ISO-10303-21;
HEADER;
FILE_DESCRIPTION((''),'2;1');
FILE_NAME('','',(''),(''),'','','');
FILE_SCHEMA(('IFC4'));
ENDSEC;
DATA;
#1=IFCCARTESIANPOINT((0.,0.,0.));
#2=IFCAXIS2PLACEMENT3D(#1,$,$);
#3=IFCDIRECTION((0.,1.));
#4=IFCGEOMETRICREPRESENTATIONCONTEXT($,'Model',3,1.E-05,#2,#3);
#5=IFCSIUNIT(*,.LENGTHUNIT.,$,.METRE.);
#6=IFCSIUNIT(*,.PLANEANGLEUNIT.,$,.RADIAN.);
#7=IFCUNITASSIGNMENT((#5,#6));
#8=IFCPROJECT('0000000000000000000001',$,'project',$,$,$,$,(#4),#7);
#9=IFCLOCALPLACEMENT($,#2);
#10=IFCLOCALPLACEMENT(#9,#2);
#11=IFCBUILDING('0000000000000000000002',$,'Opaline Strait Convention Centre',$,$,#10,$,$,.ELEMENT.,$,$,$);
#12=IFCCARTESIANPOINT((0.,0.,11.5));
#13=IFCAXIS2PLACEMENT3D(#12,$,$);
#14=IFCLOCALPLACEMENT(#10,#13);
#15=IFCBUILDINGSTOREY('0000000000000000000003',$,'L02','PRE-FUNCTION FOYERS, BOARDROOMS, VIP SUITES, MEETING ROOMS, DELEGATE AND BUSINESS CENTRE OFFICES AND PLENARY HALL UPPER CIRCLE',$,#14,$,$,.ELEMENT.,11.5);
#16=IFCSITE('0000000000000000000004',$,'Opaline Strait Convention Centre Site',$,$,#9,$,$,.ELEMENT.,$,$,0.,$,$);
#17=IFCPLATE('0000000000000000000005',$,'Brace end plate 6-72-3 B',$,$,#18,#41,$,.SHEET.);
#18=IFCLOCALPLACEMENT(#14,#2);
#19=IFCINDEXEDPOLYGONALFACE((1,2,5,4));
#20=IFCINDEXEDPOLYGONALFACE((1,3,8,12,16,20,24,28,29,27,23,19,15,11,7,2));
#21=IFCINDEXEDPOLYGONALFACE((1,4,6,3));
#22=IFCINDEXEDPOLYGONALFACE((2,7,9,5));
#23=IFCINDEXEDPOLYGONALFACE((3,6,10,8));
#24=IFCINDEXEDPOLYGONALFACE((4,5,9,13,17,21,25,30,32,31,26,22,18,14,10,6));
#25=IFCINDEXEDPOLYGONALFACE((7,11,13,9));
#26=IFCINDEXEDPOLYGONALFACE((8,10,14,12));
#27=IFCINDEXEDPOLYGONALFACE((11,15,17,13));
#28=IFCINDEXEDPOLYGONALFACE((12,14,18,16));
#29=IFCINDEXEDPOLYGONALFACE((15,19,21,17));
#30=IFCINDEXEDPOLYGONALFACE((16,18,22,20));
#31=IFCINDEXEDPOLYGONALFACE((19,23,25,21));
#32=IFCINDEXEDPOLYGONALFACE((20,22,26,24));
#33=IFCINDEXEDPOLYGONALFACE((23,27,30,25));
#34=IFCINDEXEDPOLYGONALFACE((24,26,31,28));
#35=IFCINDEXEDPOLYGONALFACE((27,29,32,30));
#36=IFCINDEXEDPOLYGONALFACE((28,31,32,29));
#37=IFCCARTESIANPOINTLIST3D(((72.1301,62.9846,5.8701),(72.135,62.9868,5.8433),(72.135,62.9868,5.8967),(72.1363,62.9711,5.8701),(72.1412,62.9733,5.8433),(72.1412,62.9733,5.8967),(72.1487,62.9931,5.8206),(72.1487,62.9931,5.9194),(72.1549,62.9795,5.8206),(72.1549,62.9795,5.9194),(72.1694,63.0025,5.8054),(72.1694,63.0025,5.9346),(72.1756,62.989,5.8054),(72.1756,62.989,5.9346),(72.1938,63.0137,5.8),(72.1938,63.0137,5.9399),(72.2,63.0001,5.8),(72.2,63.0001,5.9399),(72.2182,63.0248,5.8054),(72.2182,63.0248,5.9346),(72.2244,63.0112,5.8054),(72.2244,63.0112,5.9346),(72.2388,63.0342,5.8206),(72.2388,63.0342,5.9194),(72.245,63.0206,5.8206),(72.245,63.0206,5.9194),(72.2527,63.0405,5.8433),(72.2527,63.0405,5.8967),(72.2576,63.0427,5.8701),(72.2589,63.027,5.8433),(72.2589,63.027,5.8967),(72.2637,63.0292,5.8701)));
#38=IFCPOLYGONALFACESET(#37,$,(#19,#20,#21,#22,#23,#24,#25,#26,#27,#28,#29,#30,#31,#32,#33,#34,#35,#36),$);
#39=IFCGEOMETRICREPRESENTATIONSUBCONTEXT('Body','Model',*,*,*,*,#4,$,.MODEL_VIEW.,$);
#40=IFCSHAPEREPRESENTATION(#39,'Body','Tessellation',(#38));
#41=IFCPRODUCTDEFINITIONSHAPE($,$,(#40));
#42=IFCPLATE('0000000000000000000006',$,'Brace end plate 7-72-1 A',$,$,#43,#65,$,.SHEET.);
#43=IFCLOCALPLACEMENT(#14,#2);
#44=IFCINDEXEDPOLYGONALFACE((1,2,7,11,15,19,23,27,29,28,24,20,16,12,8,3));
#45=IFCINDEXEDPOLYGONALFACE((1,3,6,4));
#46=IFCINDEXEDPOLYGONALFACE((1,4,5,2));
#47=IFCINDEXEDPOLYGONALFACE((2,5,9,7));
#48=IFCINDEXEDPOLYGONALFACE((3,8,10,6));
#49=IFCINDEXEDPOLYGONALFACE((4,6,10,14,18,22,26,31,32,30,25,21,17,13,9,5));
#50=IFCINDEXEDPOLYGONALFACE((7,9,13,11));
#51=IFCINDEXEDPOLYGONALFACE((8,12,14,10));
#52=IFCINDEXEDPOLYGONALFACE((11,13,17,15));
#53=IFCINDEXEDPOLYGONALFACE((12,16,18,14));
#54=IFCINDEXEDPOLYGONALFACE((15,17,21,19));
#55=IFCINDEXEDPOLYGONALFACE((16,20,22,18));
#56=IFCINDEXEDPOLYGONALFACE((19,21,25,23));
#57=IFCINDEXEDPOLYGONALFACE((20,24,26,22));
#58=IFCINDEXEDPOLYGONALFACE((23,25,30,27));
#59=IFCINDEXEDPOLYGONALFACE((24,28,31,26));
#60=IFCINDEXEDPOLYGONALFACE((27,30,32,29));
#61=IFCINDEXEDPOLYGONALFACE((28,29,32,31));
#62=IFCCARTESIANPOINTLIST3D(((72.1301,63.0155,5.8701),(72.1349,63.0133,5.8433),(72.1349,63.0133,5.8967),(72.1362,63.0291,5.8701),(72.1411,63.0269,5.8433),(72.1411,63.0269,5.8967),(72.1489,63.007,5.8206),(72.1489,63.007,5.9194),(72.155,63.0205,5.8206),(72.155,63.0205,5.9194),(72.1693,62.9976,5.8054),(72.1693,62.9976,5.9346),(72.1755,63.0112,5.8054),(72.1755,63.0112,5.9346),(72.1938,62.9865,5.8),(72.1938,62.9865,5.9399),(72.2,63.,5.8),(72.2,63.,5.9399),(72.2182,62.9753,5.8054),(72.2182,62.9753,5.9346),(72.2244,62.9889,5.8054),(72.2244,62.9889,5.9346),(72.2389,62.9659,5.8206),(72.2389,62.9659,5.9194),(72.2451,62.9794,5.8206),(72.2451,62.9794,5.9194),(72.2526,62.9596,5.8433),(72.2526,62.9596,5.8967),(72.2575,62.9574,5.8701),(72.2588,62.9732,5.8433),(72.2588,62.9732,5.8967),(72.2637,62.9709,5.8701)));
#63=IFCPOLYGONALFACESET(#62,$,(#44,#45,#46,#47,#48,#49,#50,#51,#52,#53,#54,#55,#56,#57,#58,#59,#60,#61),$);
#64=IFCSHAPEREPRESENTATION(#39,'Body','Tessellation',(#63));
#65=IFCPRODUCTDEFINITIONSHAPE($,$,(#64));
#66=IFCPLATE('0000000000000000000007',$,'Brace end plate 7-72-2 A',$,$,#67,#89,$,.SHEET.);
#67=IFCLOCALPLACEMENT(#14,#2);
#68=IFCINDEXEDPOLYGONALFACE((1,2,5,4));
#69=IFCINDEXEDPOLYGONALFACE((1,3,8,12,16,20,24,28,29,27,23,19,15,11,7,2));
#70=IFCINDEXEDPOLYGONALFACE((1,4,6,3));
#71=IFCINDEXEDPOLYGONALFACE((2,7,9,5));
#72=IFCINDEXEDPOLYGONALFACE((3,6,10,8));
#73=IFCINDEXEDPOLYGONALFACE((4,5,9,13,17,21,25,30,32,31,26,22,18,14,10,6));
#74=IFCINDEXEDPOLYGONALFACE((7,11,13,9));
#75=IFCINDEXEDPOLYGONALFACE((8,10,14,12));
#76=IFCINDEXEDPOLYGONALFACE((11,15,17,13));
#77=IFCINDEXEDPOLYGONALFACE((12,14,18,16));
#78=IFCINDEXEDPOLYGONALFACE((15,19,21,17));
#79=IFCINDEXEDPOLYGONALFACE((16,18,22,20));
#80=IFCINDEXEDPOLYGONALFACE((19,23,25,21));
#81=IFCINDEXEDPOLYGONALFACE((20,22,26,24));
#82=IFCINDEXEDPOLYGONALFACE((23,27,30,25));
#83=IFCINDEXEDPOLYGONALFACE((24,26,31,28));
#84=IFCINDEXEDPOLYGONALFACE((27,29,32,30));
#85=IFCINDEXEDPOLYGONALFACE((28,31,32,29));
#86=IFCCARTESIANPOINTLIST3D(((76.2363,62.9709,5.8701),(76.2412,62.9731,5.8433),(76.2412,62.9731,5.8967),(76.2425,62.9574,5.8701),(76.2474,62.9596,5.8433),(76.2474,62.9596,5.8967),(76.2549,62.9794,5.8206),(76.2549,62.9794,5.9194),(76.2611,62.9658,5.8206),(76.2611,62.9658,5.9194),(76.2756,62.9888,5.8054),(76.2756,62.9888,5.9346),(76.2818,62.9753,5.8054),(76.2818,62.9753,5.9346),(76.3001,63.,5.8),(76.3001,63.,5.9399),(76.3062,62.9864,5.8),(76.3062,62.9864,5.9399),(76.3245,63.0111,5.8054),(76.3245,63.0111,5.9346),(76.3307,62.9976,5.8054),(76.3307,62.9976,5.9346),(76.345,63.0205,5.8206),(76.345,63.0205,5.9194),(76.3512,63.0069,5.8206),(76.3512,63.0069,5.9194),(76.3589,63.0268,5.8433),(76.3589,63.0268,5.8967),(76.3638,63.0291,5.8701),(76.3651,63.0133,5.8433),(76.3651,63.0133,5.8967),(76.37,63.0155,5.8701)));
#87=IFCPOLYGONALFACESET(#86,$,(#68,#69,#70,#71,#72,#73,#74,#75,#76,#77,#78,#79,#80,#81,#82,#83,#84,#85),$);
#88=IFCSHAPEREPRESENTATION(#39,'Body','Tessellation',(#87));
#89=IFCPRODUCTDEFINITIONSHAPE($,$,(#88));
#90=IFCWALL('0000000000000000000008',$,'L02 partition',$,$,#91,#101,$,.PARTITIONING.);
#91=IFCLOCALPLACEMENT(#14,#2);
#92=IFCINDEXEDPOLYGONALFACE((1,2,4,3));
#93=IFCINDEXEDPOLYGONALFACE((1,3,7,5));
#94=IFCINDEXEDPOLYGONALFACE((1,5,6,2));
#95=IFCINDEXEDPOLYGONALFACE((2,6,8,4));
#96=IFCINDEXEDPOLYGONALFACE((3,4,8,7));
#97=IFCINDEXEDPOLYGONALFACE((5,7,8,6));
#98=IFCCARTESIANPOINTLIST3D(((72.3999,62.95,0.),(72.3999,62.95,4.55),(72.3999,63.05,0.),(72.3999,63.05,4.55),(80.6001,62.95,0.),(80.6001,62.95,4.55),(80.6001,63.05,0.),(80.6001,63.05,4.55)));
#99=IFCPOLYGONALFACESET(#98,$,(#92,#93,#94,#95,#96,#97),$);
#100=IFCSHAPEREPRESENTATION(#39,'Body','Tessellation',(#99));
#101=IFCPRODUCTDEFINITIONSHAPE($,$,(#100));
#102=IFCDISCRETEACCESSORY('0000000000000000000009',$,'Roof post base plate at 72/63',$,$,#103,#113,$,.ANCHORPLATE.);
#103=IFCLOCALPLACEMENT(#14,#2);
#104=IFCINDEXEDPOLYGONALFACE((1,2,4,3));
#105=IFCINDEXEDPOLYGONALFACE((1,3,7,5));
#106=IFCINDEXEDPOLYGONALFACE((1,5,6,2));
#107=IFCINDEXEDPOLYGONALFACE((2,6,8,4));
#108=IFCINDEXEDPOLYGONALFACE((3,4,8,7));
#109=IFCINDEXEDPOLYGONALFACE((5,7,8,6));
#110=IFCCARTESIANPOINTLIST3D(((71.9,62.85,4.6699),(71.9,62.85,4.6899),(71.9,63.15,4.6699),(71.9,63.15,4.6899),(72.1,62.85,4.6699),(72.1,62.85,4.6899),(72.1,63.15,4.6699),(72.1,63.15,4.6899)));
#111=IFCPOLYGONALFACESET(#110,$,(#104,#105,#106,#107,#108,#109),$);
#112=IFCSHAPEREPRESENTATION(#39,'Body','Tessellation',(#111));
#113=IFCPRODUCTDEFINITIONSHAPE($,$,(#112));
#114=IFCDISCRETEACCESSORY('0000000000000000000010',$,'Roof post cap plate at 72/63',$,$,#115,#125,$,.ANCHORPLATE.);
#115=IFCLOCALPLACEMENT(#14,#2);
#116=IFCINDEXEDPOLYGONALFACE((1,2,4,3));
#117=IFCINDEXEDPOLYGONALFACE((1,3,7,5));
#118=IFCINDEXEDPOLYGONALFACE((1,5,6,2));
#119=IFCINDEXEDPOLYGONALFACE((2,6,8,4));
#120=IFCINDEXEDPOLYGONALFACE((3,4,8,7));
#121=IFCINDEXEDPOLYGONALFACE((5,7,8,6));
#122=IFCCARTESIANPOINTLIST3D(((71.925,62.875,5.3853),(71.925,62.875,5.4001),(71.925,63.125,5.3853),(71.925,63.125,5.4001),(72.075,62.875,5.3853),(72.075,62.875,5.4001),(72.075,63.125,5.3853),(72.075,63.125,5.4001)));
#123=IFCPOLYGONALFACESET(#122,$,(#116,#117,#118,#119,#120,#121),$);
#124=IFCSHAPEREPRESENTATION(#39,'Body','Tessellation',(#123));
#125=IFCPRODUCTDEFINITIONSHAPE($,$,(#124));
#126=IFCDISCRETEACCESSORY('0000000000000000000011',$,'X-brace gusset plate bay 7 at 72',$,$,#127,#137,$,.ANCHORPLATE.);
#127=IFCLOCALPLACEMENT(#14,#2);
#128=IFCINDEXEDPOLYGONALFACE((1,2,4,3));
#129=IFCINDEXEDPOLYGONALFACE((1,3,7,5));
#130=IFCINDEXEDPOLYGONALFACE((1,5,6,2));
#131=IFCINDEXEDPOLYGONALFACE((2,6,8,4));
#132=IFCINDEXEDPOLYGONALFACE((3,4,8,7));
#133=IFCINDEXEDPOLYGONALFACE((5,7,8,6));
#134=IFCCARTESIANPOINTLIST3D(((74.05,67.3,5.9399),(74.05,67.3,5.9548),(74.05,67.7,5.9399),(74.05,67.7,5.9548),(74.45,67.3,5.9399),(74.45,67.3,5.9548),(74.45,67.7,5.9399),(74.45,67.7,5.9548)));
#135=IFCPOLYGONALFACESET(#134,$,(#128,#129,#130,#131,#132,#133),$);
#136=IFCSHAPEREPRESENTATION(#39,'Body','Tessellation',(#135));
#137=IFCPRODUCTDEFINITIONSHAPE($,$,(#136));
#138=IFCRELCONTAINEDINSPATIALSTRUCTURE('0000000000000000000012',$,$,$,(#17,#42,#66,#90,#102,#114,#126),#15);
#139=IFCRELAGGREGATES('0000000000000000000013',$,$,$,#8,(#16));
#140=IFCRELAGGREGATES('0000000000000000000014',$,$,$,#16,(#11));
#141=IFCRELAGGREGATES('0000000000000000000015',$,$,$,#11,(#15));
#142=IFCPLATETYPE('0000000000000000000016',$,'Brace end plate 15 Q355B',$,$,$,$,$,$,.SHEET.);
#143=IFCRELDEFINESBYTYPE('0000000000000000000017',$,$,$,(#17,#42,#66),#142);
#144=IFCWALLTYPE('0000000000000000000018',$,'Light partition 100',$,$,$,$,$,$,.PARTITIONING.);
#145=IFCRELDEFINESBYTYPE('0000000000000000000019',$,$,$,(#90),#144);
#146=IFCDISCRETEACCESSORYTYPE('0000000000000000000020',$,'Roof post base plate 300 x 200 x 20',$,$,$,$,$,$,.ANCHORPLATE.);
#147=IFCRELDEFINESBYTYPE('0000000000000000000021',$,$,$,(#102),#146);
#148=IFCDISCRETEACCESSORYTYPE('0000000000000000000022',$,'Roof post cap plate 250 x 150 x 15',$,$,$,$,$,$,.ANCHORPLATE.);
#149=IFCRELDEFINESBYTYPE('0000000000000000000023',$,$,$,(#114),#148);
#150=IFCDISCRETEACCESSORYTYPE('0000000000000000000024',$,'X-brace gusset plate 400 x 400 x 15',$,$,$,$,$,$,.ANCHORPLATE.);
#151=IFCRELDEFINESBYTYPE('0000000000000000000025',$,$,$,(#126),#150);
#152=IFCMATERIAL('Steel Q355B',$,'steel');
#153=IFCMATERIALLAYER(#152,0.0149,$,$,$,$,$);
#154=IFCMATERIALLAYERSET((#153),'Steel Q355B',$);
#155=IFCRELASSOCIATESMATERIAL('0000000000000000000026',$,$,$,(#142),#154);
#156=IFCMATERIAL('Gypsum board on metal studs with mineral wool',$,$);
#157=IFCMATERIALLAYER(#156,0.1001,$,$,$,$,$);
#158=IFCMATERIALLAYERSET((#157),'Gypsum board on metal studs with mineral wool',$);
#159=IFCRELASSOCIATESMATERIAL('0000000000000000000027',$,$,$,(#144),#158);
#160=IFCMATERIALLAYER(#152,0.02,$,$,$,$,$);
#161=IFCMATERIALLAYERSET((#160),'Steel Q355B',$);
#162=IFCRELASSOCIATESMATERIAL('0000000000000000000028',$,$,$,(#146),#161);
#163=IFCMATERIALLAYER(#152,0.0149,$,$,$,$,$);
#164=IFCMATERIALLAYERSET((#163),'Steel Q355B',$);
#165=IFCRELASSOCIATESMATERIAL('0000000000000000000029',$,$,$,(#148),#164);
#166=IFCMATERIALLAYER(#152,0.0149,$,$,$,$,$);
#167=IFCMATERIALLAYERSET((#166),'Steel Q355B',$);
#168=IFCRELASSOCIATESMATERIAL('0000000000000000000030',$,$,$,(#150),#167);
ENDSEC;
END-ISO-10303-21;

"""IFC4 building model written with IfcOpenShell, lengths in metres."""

from ifc_helpers import new_model, si_unit, direction, frame, frame_2d, origin, origin_2d, place, context, subcontext, project, spatial, polyline, rectangle, outline, extrude, material, layer, layer_set, type_object, element, save


model = new_model("IFC4")

# Units and contexts
model_context = context("Model", 3, precision=1e-05, world=origin(), true_north=direction((0.0, 1.0)))
body_context = subcontext(model_context, "Body", "Model", "MODEL_VIEW")
ifc_project = project(units=[si_unit("LENGTHUNIT", "METRE"), si_unit("PLANEANGLEUNIT", "RADIAN")], contexts=[model_context])

# Site, building, storey
site_placement = place(None, origin())
site = spatial("IfcSite", under=ifc_project, at=site_placement, Name="Opaline Strait Convention Centre Site", CompositionType="ELEMENT", RefElevation=0.0)
building_placement = place(site_placement, origin())
building = spatial("IfcBuilding", under=site, at=building_placement, Name="Opaline Strait Convention Centre", CompositionType="ELEMENT")
storey_placement = place(building_placement, frame((0.0, 0.0, 11.5)))
storey = spatial("IfcBuildingStorey", under=building, at=storey_placement, Name="L02", Description="PRE-FUNCTION FOYERS, BOARDROOMS, VIP SUITES, MEETING ROOMS, DELEGATE AND BUSINESS CENTRE OFFICES AND PLENARY HALL UPPER CIRCLE", CompositionType="ELEMENT", Elevation=11.5)

# Shared definitions
ifc_material_1 = material(Name="Steel Q355B", Category="steel")

# Plates
ifc_layer_1 = layer(ifc_material_1, 0.0149)
ifc_layer_set_1 = layer_set([ifc_layer_1], Name="Steel Q355B")
plate_type = type_object("IfcPlateType", Name="Brace end plate 15 Q355B", PredefinedType="SHEET", material=ifc_layer_set_1)
plate_1_placement = place(storey_placement, frame((72.2576, 63.0427, 5.8701), z_axis=(-0.414837, 0.909896, 0.0), x_axis=(-0.177911, -0.081112, -0.980698)))
element("IfcPlate", 1, at=plate_1_placement, inside=storey, type_object=plate_type, Name="Brace end plate 6-72-3 B", PredefinedType="SHEET", context=body_context, shape_type="SweptSolid", body=[
    extrude(outline(polyline([(0.0, 0.0), (0.0274, 0.0), (0.0526, 0.0106), (0.0719, 0.0298), (0.0824, 0.055), (0.0824, 0.0824), (0.072, 0.1076), (0.0527, 0.1269), (0.0274, 0.1374), (0.0002, 0.1373), (-0.025, 0.127), (-0.0443, 0.1076), (-0.0548, 0.0823), (-0.0548, 0.055), (-0.0443, 0.0299), (-0.0251, 0.0105), (0.0, 0.0)])), origin(), (0.0, 0.0, -1.0), 0.0149),
])
plate_2_placement = place(storey_placement, frame((72.2637, 62.9709, 5.8701), z_axis=(0.415113, 0.90977, 0.0), x_axis=(-0.177886, 0.081166, -0.980698)))
element("IfcPlate", 2, at=plate_2_placement, inside=storey, type_object=plate_type, Name="Brace end plate 7-72-1 A", PredefinedType="SHEET", context=body_context, shape_type="SweptSolid", body=[
    extrude(outline(polyline([(0.0, 0.0), (0.0274, 0.0), (0.0526, 0.0103), (0.0719, 0.0297), (0.0824, 0.055), (0.0824, 0.0824), (0.072, 0.1074), (0.0527, 0.1269), (0.0274, 0.1374), (0.0002, 0.1373), (-0.025, 0.1268), (-0.0443, 0.1076), (-0.0548, 0.0823), (-0.0548, 0.0549), (-0.0444, 0.0297), (-0.0251, 0.0105), (0.0, 0.0)])), origin(), (0.0, 0.0, -1.0), 0.0149),
])
plate_3_placement = place(storey_placement, frame((76.3638, 63.0291, 5.8701), z_axis=(-0.415113, 0.90977, 0.0), x_axis=(-0.177886, -0.081166, -0.980698)))
element("IfcPlate", 3, at=plate_3_placement, inside=storey, type_object=plate_type, Name="Brace end plate 7-72-2 A", PredefinedType="SHEET", context=body_context, shape_type="SweptSolid", body=[
    extrude(outline(polyline([(0.0, 0.0), (0.0274, 0.0), (0.0526, 0.0106), (0.0719, 0.0297), (0.0824, 0.055), (0.0824, 0.0824), (0.072, 0.1076), (0.0527, 0.1269), (0.0274, 0.1374), (0.0002, 0.1373), (-0.025, 0.127), (-0.0443, 0.1076), (-0.0548, 0.0823), (-0.0548, 0.0549), (-0.0443, 0.0299), (-0.0251, 0.0105), (0.0, 0.0)])), origin(), (0.0, 0.0, -1.0), 0.0149),
])

# Wall
ifc_material_2 = material(Name="Gypsum board on metal studs with mineral wool")
ifc_layer_2 = layer(ifc_material_2, 0.1001)
ifc_layer_set_2 = layer_set([ifc_layer_2], Name="Gypsum board on metal studs with mineral wool")
wall_type = type_object("IfcWallType", Name="Light partition 100", PredefinedType="PARTITIONING", material=ifc_layer_set_2)
wall_placement = place(storey_placement, frame((72.3999, 63.0, 0.0), z_axis=(0.0, 0.0, 1.0), x_axis=(1.0, 0.0, 0.0)))
element("IfcWall", 4, at=wall_placement, inside=storey, type_object=wall_type, Name="L02 partition", PredefinedType="PARTITIONING", context=body_context, shape_type="SweptSolid", body=[
    extrude(rectangle(XDim=8.2002, YDim=0.1001, at=frame_2d((4.1001, 0.0))), origin(), (0.0, 0.0, 1.0), 4.55),
])

# Discrete accessories
ifc_layer_3 = layer(ifc_material_1, 0.02)
ifc_layer_set_3 = layer_set([ifc_layer_3], Name="Steel Q355B")
discrete_accessory_type_1 = type_object("IfcDiscreteAccessoryType", Name="Roof post base plate 300 x 200 x 20", PredefinedType="ANCHORPLATE", material=ifc_layer_set_3)
discrete_accessory_1_placement = place(storey_placement, frame((72.0, 63.0, 4.6699), z_axis=(0.0, 0.0, 1.0), x_axis=(1.0, 0.0, 0.0)))
element("IfcDiscreteAccessory", 5, at=discrete_accessory_1_placement, inside=storey, type_object=discrete_accessory_type_1, Name="Roof post base plate at 72/63", PredefinedType="ANCHORPLATE", context=body_context, shape_type="SweptSolid", body=[
    extrude(rectangle(XDim=0.2, YDim=0.3, at=origin_2d()), origin(), (0.0, 0.0, 1.0), 0.02),
])
ifc_layer_4 = layer(ifc_material_1, 0.0149)
ifc_layer_set_4 = layer_set([ifc_layer_4], Name="Steel Q355B")
discrete_accessory_type_2 = type_object("IfcDiscreteAccessoryType", Name="Roof post cap plate 250 x 150 x 15", PredefinedType="ANCHORPLATE", material=ifc_layer_set_4)
discrete_accessory_2_placement = place(storey_placement, frame((72.0, 63.0, 5.3853), z_axis=(0.0, 0.0, 1.0), x_axis=(1.0, 0.0, 0.0)))
element("IfcDiscreteAccessory", 6, at=discrete_accessory_2_placement, inside=storey, type_object=discrete_accessory_type_2, Name="Roof post cap plate at 72/63", PredefinedType="ANCHORPLATE", context=body_context, shape_type="SweptSolid", body=[
    extrude(rectangle(XDim=0.1499, YDim=0.25, at=origin_2d()), origin(), (0.0, 0.0, 1.0), 0.0149),
])
ifc_layer_5 = layer(ifc_material_1, 0.0149)
ifc_layer_set_5 = layer_set([ifc_layer_5], Name="Steel Q355B")
discrete_accessory_type_3 = type_object("IfcDiscreteAccessoryType", Name="X-brace gusset plate 400 x 400 x 15", PredefinedType="ANCHORPLATE", material=ifc_layer_set_5)
discrete_accessory_3_placement = place(storey_placement, frame((74.25, 67.5, 5.9399), z_axis=(0.0, 0.0, 1.0), x_axis=(1.0, 0.0, 0.0)))
element("IfcDiscreteAccessory", 7, at=discrete_accessory_3_placement, inside=storey, type_object=discrete_accessory_type_3, Name="X-brace gusset plate bay 7 at 72", PredefinedType="ANCHORPLATE", context=body_context, shape_type="SweptSolid", body=[
    extrude(rectangle(XDim=0.3999, YDim=0.3999, at=origin_2d()), origin(), (0.0, 0.0, 1.0), 0.0149),
])

save(model, "model.ifc")
